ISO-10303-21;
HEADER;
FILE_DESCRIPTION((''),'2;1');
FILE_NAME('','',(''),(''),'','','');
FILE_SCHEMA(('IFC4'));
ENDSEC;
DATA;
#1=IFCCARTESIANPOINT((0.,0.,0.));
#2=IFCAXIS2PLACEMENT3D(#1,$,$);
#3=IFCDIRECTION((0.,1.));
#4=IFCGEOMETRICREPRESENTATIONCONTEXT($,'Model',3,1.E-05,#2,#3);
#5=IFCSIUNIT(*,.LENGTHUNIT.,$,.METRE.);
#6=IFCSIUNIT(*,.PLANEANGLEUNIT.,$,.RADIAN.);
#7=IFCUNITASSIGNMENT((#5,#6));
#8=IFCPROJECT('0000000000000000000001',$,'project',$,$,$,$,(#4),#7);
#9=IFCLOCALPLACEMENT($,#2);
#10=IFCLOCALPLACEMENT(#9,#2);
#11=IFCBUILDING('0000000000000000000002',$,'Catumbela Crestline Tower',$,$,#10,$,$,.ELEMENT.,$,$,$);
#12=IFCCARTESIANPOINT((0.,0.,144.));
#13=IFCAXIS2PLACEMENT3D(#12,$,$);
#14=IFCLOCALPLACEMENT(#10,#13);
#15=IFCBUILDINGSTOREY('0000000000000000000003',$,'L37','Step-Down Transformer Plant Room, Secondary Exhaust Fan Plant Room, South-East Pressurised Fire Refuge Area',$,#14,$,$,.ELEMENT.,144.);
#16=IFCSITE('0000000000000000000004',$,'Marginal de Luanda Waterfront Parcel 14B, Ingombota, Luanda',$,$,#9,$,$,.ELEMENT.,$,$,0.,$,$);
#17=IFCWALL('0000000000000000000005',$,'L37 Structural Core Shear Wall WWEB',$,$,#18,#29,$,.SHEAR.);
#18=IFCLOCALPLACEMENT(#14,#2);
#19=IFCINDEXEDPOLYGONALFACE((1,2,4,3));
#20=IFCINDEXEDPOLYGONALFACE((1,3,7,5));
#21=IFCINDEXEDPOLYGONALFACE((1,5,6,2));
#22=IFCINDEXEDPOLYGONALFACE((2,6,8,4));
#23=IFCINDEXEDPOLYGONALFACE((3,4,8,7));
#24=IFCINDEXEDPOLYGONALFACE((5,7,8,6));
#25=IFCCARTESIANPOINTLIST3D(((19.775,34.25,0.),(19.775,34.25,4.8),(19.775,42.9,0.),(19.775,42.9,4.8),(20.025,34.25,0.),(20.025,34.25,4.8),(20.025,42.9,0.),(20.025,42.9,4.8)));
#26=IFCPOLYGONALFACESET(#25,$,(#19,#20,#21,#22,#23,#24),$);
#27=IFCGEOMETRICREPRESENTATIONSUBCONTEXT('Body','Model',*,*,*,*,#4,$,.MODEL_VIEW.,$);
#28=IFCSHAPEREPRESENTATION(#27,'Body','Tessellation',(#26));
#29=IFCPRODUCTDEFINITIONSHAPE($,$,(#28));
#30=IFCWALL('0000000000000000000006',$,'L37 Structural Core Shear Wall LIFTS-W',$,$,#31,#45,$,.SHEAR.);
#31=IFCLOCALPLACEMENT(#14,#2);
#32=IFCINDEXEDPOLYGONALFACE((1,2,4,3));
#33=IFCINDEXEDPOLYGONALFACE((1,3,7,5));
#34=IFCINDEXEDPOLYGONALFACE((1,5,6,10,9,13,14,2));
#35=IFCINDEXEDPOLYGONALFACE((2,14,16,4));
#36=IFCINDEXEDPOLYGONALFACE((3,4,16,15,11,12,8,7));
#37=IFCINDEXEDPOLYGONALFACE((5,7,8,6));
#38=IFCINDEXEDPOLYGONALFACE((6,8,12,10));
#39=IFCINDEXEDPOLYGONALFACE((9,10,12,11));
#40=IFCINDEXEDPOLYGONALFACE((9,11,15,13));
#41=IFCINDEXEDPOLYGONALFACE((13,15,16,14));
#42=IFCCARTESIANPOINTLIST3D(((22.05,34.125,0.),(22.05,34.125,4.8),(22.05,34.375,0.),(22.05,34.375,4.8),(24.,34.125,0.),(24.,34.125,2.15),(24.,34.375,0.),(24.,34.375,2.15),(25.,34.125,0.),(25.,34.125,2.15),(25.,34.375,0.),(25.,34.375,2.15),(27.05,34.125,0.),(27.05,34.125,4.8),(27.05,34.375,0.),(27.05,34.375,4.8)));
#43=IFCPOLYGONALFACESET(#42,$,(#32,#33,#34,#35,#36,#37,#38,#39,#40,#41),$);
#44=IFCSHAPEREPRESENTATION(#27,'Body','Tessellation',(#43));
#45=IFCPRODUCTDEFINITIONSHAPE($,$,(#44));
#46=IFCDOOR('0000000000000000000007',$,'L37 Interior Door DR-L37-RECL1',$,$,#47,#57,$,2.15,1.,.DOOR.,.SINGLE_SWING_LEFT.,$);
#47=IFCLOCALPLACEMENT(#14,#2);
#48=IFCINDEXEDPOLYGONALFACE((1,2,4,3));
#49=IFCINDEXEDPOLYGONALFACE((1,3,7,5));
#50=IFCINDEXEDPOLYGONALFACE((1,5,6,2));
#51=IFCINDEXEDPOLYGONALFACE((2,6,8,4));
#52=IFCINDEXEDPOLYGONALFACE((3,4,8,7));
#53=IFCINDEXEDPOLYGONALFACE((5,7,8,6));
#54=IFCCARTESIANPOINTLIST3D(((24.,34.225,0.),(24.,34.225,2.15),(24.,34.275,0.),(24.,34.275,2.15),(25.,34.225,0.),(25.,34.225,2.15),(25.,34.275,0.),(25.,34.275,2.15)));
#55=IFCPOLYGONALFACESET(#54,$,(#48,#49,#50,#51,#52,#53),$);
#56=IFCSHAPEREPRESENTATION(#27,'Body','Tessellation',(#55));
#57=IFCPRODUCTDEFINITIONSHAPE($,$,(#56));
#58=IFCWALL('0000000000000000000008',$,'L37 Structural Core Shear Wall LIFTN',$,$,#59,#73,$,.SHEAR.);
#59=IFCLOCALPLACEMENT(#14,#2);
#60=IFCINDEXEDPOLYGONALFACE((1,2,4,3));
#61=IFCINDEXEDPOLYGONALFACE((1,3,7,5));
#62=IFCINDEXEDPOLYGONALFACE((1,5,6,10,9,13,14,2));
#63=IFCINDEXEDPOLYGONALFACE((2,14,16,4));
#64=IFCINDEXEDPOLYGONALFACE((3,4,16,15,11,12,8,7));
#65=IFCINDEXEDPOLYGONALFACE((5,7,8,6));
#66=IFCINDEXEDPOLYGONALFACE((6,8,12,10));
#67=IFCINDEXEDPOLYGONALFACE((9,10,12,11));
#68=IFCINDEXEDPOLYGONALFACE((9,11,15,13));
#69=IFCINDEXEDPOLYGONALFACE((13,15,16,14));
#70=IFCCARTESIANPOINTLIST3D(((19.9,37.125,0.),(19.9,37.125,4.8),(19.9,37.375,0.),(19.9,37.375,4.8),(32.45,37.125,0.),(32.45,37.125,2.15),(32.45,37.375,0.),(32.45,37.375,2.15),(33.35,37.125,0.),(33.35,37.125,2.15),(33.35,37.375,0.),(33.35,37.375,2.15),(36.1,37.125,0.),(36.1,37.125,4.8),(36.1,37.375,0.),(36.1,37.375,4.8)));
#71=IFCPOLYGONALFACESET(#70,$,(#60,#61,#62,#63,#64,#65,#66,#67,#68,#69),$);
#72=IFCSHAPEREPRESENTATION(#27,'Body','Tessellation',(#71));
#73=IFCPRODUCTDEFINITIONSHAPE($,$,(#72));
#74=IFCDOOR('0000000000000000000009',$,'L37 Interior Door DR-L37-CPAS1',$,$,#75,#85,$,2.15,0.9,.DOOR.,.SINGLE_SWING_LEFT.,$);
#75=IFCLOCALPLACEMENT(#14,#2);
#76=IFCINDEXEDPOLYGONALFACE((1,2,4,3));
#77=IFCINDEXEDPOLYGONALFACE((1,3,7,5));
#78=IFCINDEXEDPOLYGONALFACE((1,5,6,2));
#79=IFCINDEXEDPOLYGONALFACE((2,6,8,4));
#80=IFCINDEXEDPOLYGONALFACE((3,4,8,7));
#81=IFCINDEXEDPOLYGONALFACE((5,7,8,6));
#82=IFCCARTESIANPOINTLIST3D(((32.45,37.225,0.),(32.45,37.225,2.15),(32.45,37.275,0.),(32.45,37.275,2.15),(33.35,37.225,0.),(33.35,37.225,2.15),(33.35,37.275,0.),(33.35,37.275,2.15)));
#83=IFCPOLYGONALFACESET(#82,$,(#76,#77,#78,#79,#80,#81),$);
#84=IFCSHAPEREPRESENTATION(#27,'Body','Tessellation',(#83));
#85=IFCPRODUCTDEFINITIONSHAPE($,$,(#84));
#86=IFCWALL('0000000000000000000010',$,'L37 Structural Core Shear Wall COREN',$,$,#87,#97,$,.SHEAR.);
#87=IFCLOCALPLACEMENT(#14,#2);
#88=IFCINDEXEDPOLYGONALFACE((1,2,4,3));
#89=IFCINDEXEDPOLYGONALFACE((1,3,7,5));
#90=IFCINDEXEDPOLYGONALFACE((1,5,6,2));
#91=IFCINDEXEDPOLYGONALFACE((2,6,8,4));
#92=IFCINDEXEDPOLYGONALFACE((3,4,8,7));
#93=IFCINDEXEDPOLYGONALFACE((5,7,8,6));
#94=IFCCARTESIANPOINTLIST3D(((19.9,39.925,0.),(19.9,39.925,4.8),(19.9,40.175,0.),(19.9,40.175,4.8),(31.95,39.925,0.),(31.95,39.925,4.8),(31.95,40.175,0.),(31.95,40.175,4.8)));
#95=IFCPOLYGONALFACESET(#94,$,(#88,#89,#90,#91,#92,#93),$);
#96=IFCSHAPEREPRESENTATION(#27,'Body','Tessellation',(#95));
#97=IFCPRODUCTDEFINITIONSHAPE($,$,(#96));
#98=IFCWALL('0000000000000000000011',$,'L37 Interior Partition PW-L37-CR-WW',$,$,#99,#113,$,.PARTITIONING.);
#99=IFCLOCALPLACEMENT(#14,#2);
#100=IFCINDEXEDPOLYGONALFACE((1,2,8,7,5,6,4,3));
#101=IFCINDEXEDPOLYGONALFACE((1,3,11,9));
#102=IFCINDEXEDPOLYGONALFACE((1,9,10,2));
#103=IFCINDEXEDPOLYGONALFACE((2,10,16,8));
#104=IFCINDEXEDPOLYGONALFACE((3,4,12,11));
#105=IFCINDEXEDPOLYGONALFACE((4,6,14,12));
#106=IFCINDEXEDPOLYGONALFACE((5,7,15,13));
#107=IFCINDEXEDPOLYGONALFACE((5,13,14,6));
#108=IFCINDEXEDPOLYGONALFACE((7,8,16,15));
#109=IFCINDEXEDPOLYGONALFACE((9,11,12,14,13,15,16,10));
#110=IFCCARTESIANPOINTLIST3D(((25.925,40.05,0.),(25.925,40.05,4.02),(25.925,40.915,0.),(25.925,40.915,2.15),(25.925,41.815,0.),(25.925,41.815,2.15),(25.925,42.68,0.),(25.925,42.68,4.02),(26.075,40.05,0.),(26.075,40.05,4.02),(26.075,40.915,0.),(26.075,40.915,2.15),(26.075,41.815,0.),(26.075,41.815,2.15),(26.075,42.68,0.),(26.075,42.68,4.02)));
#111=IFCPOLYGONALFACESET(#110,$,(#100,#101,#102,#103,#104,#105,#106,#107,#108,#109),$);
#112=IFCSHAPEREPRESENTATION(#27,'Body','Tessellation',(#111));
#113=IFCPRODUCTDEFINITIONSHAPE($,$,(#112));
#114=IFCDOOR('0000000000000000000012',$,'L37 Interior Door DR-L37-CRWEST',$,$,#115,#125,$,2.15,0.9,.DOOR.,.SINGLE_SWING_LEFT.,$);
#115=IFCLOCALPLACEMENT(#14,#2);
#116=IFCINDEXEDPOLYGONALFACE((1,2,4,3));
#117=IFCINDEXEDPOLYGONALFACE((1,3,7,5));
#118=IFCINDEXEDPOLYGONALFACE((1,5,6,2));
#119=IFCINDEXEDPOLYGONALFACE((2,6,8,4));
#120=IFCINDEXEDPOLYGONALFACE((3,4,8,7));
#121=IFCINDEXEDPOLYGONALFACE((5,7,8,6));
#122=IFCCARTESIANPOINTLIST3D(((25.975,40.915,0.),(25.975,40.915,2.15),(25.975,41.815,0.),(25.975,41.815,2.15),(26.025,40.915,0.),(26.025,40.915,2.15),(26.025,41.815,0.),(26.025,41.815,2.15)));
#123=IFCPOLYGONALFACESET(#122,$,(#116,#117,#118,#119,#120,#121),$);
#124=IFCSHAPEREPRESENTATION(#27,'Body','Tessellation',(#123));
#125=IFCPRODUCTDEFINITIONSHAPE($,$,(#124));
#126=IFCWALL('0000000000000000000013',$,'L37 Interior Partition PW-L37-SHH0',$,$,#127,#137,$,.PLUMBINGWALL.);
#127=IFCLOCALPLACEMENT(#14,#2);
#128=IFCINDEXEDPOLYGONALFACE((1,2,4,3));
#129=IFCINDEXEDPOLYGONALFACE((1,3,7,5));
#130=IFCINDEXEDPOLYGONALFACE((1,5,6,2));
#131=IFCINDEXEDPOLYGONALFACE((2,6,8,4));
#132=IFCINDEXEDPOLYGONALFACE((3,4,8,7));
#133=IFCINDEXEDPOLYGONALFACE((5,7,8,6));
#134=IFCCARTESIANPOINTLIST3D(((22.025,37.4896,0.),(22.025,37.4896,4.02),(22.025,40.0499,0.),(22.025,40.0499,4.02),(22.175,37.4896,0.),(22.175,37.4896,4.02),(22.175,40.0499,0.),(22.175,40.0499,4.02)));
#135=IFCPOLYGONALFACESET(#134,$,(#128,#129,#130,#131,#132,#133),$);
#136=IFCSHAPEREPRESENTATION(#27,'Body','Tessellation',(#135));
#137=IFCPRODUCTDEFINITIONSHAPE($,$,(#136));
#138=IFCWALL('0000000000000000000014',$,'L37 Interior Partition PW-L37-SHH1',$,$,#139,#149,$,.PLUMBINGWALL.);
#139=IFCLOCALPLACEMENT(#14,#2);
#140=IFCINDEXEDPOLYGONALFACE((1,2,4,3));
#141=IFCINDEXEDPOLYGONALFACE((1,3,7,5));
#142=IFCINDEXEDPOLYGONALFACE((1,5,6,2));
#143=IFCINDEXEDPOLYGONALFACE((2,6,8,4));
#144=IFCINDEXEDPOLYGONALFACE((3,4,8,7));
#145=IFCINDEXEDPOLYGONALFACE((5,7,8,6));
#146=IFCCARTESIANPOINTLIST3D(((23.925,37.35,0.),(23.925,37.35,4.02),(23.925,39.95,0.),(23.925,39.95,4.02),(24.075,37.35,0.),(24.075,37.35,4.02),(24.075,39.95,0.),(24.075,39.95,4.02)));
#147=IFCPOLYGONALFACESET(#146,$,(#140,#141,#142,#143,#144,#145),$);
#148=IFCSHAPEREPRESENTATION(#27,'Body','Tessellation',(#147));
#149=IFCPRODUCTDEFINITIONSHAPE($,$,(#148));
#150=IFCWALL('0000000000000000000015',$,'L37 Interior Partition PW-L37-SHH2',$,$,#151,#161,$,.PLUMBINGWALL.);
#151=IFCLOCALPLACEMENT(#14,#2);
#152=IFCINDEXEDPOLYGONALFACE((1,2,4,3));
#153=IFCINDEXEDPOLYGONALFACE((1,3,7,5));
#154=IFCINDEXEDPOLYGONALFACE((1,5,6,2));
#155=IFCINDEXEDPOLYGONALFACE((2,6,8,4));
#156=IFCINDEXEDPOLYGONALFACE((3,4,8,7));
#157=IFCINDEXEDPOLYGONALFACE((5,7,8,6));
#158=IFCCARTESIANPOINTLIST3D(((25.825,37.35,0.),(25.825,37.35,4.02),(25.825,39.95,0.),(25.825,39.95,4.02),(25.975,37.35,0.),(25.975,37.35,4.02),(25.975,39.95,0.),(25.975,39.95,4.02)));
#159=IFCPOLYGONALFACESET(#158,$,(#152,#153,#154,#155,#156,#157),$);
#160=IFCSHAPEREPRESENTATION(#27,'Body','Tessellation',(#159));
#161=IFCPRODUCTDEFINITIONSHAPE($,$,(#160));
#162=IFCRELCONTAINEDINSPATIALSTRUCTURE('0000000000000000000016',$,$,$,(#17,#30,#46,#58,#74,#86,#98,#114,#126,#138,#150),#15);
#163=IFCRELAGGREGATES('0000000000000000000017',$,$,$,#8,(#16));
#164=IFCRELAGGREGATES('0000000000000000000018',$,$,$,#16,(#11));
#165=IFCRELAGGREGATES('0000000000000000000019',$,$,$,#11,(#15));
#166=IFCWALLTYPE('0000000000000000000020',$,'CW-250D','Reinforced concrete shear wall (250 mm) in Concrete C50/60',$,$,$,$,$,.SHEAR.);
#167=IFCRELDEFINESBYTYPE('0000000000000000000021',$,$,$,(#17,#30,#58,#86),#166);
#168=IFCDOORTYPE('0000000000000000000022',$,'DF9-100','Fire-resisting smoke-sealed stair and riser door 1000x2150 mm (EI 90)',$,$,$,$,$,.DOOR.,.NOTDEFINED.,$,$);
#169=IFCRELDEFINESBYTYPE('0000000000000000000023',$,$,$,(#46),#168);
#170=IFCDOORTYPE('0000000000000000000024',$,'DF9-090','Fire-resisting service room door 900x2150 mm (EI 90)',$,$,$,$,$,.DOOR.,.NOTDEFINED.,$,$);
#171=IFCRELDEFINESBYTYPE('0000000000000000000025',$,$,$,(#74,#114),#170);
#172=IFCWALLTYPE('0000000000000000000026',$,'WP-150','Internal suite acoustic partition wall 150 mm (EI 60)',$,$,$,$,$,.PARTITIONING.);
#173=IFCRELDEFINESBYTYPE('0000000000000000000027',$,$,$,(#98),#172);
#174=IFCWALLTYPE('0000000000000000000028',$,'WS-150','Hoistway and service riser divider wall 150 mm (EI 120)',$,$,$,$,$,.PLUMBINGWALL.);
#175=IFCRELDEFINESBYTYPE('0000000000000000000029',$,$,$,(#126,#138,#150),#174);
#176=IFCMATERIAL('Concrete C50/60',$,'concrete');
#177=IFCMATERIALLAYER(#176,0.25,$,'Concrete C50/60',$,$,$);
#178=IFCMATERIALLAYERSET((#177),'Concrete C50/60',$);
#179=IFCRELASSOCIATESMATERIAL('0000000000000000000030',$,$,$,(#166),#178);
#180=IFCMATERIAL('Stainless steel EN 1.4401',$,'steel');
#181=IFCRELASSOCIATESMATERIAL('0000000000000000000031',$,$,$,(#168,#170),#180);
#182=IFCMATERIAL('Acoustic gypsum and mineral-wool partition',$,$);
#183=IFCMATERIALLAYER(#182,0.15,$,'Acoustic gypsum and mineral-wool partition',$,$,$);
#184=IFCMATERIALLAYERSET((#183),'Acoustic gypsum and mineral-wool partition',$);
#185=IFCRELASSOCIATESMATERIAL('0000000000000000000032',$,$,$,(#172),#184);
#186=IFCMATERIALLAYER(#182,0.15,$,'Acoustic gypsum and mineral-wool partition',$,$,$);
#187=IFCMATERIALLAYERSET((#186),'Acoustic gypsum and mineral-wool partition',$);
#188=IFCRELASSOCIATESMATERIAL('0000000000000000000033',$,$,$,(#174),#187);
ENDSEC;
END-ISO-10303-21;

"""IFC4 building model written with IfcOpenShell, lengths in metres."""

from ifc_helpers import new_model, si_unit, direction, frame, frame_2d, origin, place, context, subcontext, project, spatial, rectangle, extrude, material, layer, layer_set, type_object, element, fill, save


model = new_model("IFC4")

# Units and contexts
model_context = context("Model", 3, precision=1e-05, world=origin(), true_north=direction((0.0, 1.0)))
body_context = subcontext(model_context, "Body", "Model", "MODEL_VIEW")
ifc_project = project(units=[si_unit("LENGTHUNIT", "METRE"), si_unit("PLANEANGLEUNIT", "RADIAN")], contexts=[model_context])

# Site, building, storey
site_placement = place(None, origin())
site = spatial("IfcSite", under=ifc_project, at=site_placement, Name="Marginal de Luanda Waterfront Parcel 14B, Ingombota, Luanda", CompositionType="ELEMENT", RefElevation=0.0)
building_placement = place(site_placement, origin())
building = spatial("IfcBuilding", under=site, at=building_placement, Name="Catumbela Crestline Tower", CompositionType="ELEMENT")
storey_placement = place(building_placement, frame((0.0, 0.0, 144.0)))
storey = spatial("IfcBuildingStorey", under=building, at=storey_placement, Name="L37", Description="Step-Down Transformer Plant Room, Secondary Exhaust Fan Plant Room, South-East Pressurised Fire Refuge Area", CompositionType="ELEMENT", Elevation=144.0)

# Wall
ifc_material_1 = material(Name="Concrete C50/60", Category="concrete")
ifc_layer_1 = layer(ifc_material_1, 0.25, Name="Concrete C50/60")
ifc_layer_set_1 = layer_set([ifc_layer_1], Name="Concrete C50/60")
wall_type_1 = type_object("IfcWallType", Name="CW-250D", Description="Reinforced concrete shear wall (250 mm) in Concrete C50/60", PredefinedType="SHEAR", material=ifc_layer_set_1)
wall_1_placement = place(storey_placement, frame((19.9, 34.25, 0.0), z_axis=(0.0, 0.0, 1.0), x_axis=(0.0, 1.0, 0.0)))
element("IfcWall", 1, at=wall_1_placement, inside=storey, type_object=wall_type_1, Name="L37 Structural Core Shear Wall WWEB", PredefinedType="SHEAR", context=body_context, shape_type="SweptSolid", body=[
    extrude(rectangle(XDim=8.65, YDim=0.25, at=frame_2d((4.325, 0.0))), origin(), (0.0, 0.0, 1.0), 4.8),
])

# Walls, openings, doors
wall_2_placement = place(storey_placement, frame((22.05, 34.25, 0.0), z_axis=(0.0, 0.0, 1.0), x_axis=(1.0, 0.0, 0.0)))
wall_2 = element("IfcWall", 2, at=wall_2_placement, inside=storey, type_object=wall_type_1, Name="L37 Structural Core Shear Wall LIFTS-W", PredefinedType="SHEAR", context=body_context, shape_type="SweptSolid", body=[
    extrude(rectangle(XDim=5.0, YDim=0.25, at=frame_2d((2.5, 0.0))), origin(), (0.0, 0.0, 1.0), 4.8),
])
opening_1_placement = place(wall_2_placement, frame((1.95, 0.0, 0.0)))
opening_1 = element("IfcOpeningElement", 3, at=opening_1_placement, cuts=wall_2, PredefinedType="OPENING", context=body_context, shape_type="SweptSolid", body=[
    extrude(rectangle(XDim=1.0, YDim=2.15, at=frame_2d((0.5, 1.075))), frame((0.0, 0.135, 0.0), z_axis=(0.0, -1.0, 0.0), x_axis=(1.0, 0.0, 0.0)), (0.0, 0.0, 1.0), 0.27),
])
ifc_material_2 = material(Name="Stainless steel EN 1.4401", Category="steel")
door_type_1 = type_object("IfcDoorType", Name="DF9-100", Description="Fire-resisting smoke-sealed stair and riser door 1000x2150 mm (EI 90)", OperationType="NOTDEFINED", PredefinedType="DOOR", material=ifc_material_2)
door_1_placement = place(opening_1_placement, origin())
door_1 = element("IfcDoor", 4, at=door_1_placement, inside=storey, type_object=door_type_1, Name="L37 Interior Door DR-L37-RECL1", OperationType="SINGLE_SWING_LEFT", OverallHeight=2.15, OverallWidth=1.0, PredefinedType="DOOR", context=body_context, shape_type="SweptSolid", body=[
    extrude(rectangle(XDim=1.0, YDim=2.15, at=frame_2d((0.5, 1.075))), frame((0.0, 0.025, 0.0), z_axis=(0.0, -1.0, 0.0), x_axis=(1.0, 0.0, 0.0)), (0.0, 0.0, 1.0), 0.05),
])
fill(opening_1, door_1)
wall_3_placement = place(storey_placement, frame((19.9, 37.25, 0.0), z_axis=(0.0, 0.0, 1.0), x_axis=(1.0, 0.0, 0.0)))
wall_3 = element("IfcWall", 5, at=wall_3_placement, inside=storey, type_object=wall_type_1, Name="L37 Structural Core Shear Wall LIFTN", PredefinedType="SHEAR", context=body_context, shape_type="SweptSolid", body=[
    extrude(rectangle(XDim=16.2, YDim=0.25, at=frame_2d((8.1, 0.0))), origin(), (0.0, 0.0, 1.0), 4.8),
])
opening_2_placement = place(wall_3_placement, frame((12.55, 0.0, 0.0)))
opening_2 = element("IfcOpeningElement", 6, at=opening_2_placement, cuts=wall_3, PredefinedType="OPENING", context=body_context, shape_type="SweptSolid", body=[
    extrude(rectangle(XDim=0.9, YDim=2.15, at=frame_2d((0.45, 1.075))), frame((0.0, 0.135, 0.0), z_axis=(0.0, -1.0, 0.0), x_axis=(1.0, 0.0, 0.0)), (0.0, 0.0, 1.0), 0.27),
])
door_type_2 = type_object("IfcDoorType", Name="DF9-090", Description="Fire-resisting service room door 900x2150 mm (EI 90)", OperationType="NOTDEFINED", PredefinedType="DOOR", material=ifc_material_2)
door_2_placement = place(opening_2_placement, origin())
door_2 = element("IfcDoor", 7, at=door_2_placement, inside=storey, type_object=door_type_2, Name="L37 Interior Door DR-L37-CPAS1", OperationType="SINGLE_SWING_LEFT", OverallHeight=2.15, OverallWidth=0.9, PredefinedType="DOOR", context=body_context, shape_type="SweptSolid", body=[
    extrude(rectangle(XDim=0.9, YDim=2.15, at=frame_2d((0.45, 1.075))), frame((0.0, 0.025, 0.0), z_axis=(0.0, -1.0, 0.0), x_axis=(1.0, 0.0, 0.0)), (0.0, 0.0, 1.0), 0.05),
])
fill(opening_2, door_2)

# Wall
wall_4_placement = place(storey_placement, frame((19.9, 40.05, 0.0), z_axis=(0.0, 0.0, 1.0), x_axis=(1.0, 0.0, 0.0)))
element("IfcWall", 8, at=wall_4_placement, inside=storey, type_object=wall_type_1, Name="L37 Structural Core Shear Wall COREN", PredefinedType="SHEAR", context=body_context, shape_type="SweptSolid", body=[
    extrude(rectangle(XDim=12.05, YDim=0.25, at=frame_2d((6.025, 0.0))), origin(), (0.0, 0.0, 1.0), 4.8),
])

# Wall, opening, door
ifc_material_3 = material(Name="Acoustic gypsum and mineral-wool partition")
ifc_layer_2 = layer(ifc_material_3, 0.15, Name="Acoustic gypsum and mineral-wool partition")
ifc_layer_set_2 = layer_set([ifc_layer_2], Name="Acoustic gypsum and mineral-wool partition")
wall_type_2 = type_object("IfcWallType", Name="WP-150", Description="Internal suite acoustic partition wall 150 mm (EI 60)", PredefinedType="PARTITIONING", material=ifc_layer_set_2)
wall_5_placement = place(storey_placement, frame((26.0, 40.05, 0.0), z_axis=(0.0, 0.0, 1.0), x_axis=(0.0, 1.0, 0.0)))
wall_5 = element("IfcWall", 9, at=wall_5_placement, inside=storey, type_object=wall_type_2, Name="L37 Interior Partition PW-L37-CR-WW", PredefinedType="PARTITIONING", context=body_context, shape_type="SweptSolid", body=[
    extrude(rectangle(XDim=2.63, YDim=0.15, at=frame_2d((1.315, 0.0))), origin(), (0.0, 0.0, 1.0), 4.02),
])
opening_3_placement = place(wall_5_placement, frame((0.865, 0.0, 0.0)))
opening_3 = element("IfcOpeningElement", 10, at=opening_3_placement, cuts=wall_5, PredefinedType="OPENING", context=body_context, shape_type="SweptSolid", body=[
    extrude(rectangle(XDim=0.9, YDim=2.15, at=frame_2d((0.45, 1.075))), frame((0.0, 0.085, 0.0), z_axis=(0.0, -1.0, 0.0), x_axis=(1.0, 0.0, 0.0)), (0.0, 0.0, 1.0), 0.17),
])
door_3_placement = place(opening_3_placement, origin())
door_3 = element("IfcDoor", 11, at=door_3_placement, inside=storey, type_object=door_type_2, Name="L37 Interior Door DR-L37-CRWEST", OperationType="SINGLE_SWING_LEFT", OverallHeight=2.15, OverallWidth=0.9, PredefinedType="DOOR", context=body_context, shape_type="SweptSolid", body=[
    extrude(rectangle(XDim=0.9, YDim=2.15, at=frame_2d((0.45, 1.075))), frame((0.0, 0.025, 0.0), z_axis=(0.0, -1.0, 0.0), x_axis=(1.0, 0.0, 0.0)), (0.0, 0.0, 1.0), 0.05),
])
fill(opening_3, door_3)

# Walls
ifc_layer_3 = layer(ifc_material_3, 0.15, Name="Acoustic gypsum and mineral-wool partition")
ifc_layer_set_3 = layer_set([ifc_layer_3], Name="Acoustic gypsum and mineral-wool partition")
wall_type_3 = type_object("IfcWallType", Name="WS-150", Description="Hoistway and service riser divider wall 150 mm (EI 120)", PredefinedType="PLUMBINGWALL", material=ifc_layer_set_3)
wall_6_placement = place(storey_placement, frame((22.1, 37.4897, 0.0), z_axis=(0.0, 0.0, 1.0), x_axis=(0.0, 1.0, 0.0)))
element("IfcWall", 12, at=wall_6_placement, inside=storey, type_object=wall_type_3, Name="L37 Interior Partition PW-L37-SHH0", PredefinedType="PLUMBINGWALL", context=body_context, shape_type="SweptSolid", body=[
    extrude(rectangle(XDim=2.5603, YDim=0.15, at=frame_2d((1.2801, 0.0))), origin(), (0.0, 0.0, 1.0), 4.02),
])
for number, where, z_axis, x_axis, name in (
    (13, (24.0, 37.35, 0.0), (0.0, 0.0, 1.0), (0.0, 1.0, 0.0), "L37 Interior Partition PW-L37-SHH1"),
    (14, (25.9, 37.35, 0.0), (0.0, 0.0, 1.0), (0.0, 1.0, 0.0), "L37 Interior Partition PW-L37-SHH2"),
):
    element("IfcWall", number, at=place(storey_placement, frame(where, z_axis=z_axis, x_axis=x_axis)), inside=storey, type_object=wall_type_3, Name=name, PredefinedType="PLUMBINGWALL", context=body_context, shape_type="SweptSolid", body=[
        extrude(rectangle(XDim=2.6, YDim=0.15, at=frame_2d((1.3, 0.0))), origin(), (0.0, 0.0, 1.0), 4.02),
    ])

save(model, "model.ifc")
